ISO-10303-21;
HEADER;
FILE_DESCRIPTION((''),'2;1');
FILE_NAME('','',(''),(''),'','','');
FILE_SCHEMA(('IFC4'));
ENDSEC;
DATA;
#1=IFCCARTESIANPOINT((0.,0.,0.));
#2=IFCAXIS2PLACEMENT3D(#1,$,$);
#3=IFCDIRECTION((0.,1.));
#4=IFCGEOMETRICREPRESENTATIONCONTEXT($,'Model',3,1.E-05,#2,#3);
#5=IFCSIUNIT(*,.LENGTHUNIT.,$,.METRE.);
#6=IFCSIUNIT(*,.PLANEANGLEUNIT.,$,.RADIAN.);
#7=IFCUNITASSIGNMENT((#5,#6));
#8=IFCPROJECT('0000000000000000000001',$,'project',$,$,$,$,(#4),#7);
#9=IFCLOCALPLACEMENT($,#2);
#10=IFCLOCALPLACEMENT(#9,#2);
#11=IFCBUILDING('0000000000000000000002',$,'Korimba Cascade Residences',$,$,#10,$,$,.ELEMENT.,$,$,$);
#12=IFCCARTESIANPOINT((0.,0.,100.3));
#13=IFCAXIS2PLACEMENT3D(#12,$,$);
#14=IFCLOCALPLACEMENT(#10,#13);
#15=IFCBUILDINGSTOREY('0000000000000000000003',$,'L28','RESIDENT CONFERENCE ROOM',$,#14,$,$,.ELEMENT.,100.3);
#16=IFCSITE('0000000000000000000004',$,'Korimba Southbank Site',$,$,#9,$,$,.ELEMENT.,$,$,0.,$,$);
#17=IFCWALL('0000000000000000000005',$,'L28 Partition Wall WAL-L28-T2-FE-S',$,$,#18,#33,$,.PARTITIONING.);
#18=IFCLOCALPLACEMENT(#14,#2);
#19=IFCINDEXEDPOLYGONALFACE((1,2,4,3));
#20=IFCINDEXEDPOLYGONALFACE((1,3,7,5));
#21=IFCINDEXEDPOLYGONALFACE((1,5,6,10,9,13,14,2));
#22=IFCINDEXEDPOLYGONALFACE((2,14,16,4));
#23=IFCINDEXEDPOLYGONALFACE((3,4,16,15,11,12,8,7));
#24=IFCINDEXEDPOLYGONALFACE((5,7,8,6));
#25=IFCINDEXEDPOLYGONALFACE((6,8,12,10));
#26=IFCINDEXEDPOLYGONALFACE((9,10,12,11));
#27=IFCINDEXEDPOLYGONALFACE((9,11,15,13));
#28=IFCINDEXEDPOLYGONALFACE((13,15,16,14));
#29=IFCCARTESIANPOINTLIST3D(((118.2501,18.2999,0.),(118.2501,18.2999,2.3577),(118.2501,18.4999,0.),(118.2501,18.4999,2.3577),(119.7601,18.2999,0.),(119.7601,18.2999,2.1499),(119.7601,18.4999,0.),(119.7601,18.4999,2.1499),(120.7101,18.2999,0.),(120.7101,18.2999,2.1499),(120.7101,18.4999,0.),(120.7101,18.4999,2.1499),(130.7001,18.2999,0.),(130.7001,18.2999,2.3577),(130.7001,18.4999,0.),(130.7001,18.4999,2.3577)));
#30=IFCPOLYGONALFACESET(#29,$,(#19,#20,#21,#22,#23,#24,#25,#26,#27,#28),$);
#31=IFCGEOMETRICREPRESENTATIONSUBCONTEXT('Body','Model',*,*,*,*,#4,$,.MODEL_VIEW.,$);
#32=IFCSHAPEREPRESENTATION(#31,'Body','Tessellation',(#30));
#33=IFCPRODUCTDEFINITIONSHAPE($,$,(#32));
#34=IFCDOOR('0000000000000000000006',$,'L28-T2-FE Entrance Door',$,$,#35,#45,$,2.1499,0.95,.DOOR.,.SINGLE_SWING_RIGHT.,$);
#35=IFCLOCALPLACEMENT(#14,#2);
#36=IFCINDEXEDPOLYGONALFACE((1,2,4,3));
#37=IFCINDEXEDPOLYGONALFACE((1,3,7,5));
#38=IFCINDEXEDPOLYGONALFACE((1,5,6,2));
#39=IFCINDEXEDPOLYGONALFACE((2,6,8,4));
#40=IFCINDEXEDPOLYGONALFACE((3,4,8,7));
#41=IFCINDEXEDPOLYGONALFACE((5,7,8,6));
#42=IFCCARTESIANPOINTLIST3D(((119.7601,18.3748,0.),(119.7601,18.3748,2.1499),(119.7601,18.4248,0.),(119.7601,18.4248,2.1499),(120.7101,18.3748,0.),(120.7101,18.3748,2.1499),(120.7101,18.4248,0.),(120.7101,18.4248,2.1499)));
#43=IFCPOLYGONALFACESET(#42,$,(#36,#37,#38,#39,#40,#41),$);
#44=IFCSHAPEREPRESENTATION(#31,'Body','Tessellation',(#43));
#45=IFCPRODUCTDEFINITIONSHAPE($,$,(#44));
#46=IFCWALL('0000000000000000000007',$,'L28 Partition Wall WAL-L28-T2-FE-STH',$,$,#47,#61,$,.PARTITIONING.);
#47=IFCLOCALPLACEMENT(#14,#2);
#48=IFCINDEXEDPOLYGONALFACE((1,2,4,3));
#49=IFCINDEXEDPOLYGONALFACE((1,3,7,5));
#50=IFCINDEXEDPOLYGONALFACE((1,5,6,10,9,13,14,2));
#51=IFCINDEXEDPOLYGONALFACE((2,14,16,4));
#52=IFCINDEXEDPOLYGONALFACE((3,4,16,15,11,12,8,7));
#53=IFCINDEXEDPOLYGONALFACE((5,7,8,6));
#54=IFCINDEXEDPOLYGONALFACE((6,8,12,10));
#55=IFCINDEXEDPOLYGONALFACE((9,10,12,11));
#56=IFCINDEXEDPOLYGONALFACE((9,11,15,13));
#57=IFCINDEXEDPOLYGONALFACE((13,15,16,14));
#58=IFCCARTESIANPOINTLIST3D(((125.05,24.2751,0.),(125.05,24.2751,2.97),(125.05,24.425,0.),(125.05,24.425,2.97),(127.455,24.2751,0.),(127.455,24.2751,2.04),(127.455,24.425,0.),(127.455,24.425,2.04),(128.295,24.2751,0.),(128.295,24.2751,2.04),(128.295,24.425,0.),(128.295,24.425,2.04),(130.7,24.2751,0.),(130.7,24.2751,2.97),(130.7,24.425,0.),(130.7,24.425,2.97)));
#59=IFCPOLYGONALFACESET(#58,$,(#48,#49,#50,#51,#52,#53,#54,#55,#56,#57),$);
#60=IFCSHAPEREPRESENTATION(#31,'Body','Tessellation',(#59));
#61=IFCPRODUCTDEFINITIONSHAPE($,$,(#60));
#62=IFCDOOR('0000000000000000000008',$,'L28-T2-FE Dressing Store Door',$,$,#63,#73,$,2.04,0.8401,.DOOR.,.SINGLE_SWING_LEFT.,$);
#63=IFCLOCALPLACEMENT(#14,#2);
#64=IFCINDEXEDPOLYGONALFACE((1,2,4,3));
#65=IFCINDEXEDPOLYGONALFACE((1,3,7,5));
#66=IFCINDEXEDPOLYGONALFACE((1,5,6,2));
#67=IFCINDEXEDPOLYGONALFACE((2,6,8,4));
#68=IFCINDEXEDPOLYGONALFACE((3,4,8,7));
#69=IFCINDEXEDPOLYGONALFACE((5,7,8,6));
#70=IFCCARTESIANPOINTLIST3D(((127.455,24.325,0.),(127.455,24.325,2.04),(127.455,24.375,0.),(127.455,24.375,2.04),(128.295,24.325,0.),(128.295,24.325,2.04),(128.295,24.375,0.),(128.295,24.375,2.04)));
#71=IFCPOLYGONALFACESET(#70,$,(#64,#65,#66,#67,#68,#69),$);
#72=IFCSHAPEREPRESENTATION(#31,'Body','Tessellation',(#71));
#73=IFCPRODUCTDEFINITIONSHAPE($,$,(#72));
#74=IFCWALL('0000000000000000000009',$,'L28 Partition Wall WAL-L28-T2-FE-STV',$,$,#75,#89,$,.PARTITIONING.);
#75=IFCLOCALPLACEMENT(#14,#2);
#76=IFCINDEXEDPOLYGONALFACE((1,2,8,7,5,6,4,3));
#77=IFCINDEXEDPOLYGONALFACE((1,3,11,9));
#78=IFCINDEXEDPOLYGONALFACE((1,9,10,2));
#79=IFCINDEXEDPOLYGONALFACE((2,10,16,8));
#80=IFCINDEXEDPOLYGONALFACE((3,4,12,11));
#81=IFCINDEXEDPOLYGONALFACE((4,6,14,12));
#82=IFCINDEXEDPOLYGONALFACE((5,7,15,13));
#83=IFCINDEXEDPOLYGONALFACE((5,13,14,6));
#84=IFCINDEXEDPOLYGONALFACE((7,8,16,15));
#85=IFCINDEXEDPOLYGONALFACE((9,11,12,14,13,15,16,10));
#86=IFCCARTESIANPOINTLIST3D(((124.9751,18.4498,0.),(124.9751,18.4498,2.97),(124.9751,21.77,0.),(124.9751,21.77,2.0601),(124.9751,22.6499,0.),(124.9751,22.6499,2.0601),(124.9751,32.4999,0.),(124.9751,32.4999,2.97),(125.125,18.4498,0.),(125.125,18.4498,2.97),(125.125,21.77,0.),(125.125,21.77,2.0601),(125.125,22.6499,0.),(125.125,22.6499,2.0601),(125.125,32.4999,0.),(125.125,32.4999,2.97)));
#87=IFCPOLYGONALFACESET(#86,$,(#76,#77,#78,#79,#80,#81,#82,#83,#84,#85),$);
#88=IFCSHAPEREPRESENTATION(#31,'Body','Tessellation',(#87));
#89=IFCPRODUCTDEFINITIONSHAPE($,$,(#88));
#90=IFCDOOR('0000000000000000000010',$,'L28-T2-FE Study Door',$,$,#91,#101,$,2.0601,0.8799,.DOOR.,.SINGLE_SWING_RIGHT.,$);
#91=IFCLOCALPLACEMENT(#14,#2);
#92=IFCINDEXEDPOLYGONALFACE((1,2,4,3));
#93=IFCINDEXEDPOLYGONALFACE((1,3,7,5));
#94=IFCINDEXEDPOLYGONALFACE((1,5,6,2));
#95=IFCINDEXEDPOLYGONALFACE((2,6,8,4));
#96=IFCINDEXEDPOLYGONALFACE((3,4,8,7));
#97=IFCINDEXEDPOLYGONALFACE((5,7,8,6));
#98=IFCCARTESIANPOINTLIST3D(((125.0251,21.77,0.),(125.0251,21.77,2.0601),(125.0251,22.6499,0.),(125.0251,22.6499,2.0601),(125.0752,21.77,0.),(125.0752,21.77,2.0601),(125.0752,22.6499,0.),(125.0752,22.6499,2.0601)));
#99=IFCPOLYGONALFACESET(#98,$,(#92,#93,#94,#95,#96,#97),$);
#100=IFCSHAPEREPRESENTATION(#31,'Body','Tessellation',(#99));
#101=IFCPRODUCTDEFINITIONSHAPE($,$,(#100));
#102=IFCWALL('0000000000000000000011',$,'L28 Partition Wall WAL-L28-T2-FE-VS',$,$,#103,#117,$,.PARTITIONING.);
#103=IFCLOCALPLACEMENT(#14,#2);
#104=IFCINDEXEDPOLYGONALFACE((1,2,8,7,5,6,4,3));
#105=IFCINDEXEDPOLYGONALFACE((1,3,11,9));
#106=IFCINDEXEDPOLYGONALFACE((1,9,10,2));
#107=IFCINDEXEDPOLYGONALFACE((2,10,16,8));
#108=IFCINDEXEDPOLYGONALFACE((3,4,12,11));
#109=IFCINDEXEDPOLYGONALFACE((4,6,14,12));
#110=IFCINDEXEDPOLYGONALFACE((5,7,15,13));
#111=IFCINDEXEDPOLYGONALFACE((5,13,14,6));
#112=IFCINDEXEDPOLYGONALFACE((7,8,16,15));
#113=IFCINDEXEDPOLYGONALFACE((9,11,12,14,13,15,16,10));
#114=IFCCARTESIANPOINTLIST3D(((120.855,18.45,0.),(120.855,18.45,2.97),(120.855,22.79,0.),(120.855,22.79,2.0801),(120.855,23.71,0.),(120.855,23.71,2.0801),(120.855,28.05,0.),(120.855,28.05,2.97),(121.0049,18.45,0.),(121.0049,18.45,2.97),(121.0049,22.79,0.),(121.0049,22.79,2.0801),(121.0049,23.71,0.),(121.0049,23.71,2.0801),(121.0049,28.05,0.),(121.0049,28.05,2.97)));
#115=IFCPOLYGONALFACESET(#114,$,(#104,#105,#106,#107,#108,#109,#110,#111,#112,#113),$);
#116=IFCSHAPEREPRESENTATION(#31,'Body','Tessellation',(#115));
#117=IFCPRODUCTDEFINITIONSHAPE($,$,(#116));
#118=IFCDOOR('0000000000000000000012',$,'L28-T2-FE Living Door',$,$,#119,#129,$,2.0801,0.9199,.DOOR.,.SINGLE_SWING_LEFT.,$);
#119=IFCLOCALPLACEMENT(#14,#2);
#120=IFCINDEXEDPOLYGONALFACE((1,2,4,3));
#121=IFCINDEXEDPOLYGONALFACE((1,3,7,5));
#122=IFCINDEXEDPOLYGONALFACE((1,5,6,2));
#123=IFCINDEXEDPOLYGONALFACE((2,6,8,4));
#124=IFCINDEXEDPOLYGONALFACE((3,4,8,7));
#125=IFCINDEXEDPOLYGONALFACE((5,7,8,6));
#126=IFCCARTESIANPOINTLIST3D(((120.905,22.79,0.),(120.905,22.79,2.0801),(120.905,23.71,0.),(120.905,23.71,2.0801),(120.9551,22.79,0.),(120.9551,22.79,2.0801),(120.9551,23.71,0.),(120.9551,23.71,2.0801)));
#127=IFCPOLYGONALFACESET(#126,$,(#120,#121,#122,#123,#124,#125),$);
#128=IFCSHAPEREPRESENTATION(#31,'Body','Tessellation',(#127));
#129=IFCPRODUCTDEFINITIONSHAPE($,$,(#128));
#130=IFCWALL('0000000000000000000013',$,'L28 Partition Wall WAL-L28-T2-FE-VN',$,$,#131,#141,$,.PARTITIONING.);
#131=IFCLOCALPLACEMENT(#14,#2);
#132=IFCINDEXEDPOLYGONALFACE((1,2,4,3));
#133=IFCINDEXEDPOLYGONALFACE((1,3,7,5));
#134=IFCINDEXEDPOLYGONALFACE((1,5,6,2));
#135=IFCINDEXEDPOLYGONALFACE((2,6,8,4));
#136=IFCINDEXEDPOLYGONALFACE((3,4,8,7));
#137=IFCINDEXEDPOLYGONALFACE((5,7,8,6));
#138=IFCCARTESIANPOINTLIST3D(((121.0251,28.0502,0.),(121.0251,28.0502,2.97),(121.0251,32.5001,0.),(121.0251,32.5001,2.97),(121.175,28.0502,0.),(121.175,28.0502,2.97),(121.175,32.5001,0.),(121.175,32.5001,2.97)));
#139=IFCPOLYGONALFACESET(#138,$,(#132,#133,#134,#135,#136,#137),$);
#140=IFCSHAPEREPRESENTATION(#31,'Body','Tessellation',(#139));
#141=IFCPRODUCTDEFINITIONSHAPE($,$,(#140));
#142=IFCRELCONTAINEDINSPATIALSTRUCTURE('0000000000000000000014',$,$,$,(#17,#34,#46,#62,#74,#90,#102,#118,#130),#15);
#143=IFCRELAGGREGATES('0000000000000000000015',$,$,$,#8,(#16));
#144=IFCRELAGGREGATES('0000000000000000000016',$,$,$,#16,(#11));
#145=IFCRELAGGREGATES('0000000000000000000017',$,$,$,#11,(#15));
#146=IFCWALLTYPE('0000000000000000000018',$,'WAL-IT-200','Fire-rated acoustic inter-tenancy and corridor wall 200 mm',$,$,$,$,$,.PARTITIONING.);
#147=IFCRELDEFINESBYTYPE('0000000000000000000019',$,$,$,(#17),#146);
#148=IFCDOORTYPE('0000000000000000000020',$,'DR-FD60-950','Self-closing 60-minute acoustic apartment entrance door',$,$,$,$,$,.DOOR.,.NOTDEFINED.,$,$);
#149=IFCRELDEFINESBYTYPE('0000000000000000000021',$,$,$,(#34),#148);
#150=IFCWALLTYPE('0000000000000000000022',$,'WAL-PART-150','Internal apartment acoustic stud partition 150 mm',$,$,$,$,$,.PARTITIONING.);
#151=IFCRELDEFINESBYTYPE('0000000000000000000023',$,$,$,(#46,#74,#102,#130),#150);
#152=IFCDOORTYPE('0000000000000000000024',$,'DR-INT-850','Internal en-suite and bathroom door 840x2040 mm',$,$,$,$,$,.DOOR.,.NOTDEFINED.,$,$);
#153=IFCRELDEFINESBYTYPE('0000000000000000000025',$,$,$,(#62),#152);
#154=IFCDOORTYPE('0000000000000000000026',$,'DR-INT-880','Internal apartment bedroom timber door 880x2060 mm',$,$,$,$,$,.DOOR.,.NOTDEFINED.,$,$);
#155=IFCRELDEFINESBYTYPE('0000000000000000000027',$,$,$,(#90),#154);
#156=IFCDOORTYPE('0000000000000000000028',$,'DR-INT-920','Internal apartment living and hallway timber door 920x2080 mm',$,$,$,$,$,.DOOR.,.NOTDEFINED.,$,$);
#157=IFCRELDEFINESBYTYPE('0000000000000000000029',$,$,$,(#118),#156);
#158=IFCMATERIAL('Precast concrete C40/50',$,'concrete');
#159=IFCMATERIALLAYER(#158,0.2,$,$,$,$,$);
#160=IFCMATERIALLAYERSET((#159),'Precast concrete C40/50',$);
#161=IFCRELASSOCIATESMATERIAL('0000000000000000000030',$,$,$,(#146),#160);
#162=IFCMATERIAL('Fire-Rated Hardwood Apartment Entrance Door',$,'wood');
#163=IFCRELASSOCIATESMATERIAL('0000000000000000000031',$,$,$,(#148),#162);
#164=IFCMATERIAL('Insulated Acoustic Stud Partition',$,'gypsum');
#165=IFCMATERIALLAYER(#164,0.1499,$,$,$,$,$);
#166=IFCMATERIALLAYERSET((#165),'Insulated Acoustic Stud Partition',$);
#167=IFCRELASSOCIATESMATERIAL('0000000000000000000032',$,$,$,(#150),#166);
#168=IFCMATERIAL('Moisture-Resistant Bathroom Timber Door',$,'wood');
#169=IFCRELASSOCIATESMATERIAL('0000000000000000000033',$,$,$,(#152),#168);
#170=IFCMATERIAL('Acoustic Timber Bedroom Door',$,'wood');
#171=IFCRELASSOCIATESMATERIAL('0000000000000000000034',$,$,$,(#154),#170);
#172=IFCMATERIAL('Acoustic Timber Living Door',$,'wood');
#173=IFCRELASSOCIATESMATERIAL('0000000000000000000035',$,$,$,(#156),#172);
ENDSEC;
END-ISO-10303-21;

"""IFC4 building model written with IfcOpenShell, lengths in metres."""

from ifc_helpers import new_model, si_unit, direction, frame, frame_2d, origin, place, context, subcontext, project, spatial, rectangle, extrude, material, layer, layer_set, type_object, element, fill, save


model = new_model("IFC4")

# Units and contexts
model_context = context("Model", 3, precision=1e-05, world=origin(), true_north=direction((0.0, 1.0)))
body_context = subcontext(model_context, "Body", "Model", "MODEL_VIEW")
ifc_project = project(units=[si_unit("LENGTHUNIT", "METRE"), si_unit("PLANEANGLEUNIT", "RADIAN")], contexts=[model_context])

# Site, building, storey
site_placement = place(None, origin())
site = spatial("IfcSite", under=ifc_project, at=site_placement, Name="Korimba Southbank Site", CompositionType="ELEMENT", RefElevation=0.0)
building_placement = place(site_placement, origin())
building = spatial("IfcBuilding", under=site, at=building_placement, Name="Korimba Cascade Residences", CompositionType="ELEMENT")
storey_placement = place(building_placement, frame((0.0, 0.0, 100.3)))
storey = spatial("IfcBuildingStorey", under=building, at=storey_placement, Name="L28", Description="RESIDENT CONFERENCE ROOM", CompositionType="ELEMENT", Elevation=100.3)

# Shared definitions
ifc_material_1 = material(Name="Precast concrete C40/50", Category="concrete")
ifc_layer_1 = layer(ifc_material_1, 0.2)
ifc_layer_set_1 = layer_set([ifc_layer_1], Name="Precast concrete C40/50")
wall_type_1 = type_object("IfcWallType", Name="WAL-IT-200", Description="Fire-rated acoustic inter-tenancy and corridor wall 200 mm", PredefinedType="PARTITIONING", material=ifc_layer_set_1)

# Walls, openings, doors
wall_1_placement = place(storey_placement, frame((118.25, 18.3999, 0.0), z_axis=(0.0, 0.0, 1.0), x_axis=(1.0, 0.0, 0.0)))
wall_1 = element("IfcWall", 1, at=wall_1_placement, inside=storey, type_object=wall_type_1, Name="L28 Partition Wall WAL-L28-T2-FE-S", PredefinedType="PARTITIONING", context=body_context, shape_type="SweptSolid", body=[
    extrude(rectangle(XDim=12.45, YDim=0.2, at=frame_2d((6.2251, 0.0))), origin(), (0.0, 0.0, 1.0), 2.3577),
])
opening_1_placement = place(wall_1_placement, frame((1.51, 0.0, 0.0)))
opening_1 = element("IfcOpeningElement", 2, at=opening_1_placement, cuts=wall_1, PredefinedType="OPENING", context=body_context, shape_type="SweptSolid", body=[
    extrude(rectangle(XDim=0.95, YDim=2.1499, at=frame_2d((0.4751, 1.075))), frame((0.0, 0.1099, 0.0), z_axis=(0.0, -1.0, 0.0), x_axis=(1.0, 0.0, 0.0)), (0.0, 0.0, 1.0), 0.22),
])
ifc_material_2 = material(Name="Fire-Rated Hardwood Apartment Entrance Door", Category="wood")
door_type_1 = type_object("IfcDoorType", Name="DR-FD60-950", Description="Self-closing 60-minute acoustic apartment entrance door", OperationType="NOTDEFINED", PredefinedType="DOOR", material=ifc_material_2)
door_1_placement = place(opening_1_placement, origin())
door_1 = element("IfcDoor", 3, at=door_1_placement, inside=storey, type_object=door_type_1, Name="L28-T2-FE Entrance Door", OperationType="SINGLE_SWING_RIGHT", OverallHeight=2.1499, OverallWidth=0.95, PredefinedType="DOOR", context=body_context, shape_type="SweptSolid", body=[
    extrude(rectangle(XDim=0.95, YDim=2.1499, at=frame_2d((0.4751, 1.075))), frame((0.0, 0.0249, 0.0), z_axis=(0.0, -1.0, 0.0), x_axis=(1.0, 0.0, 0.0)), (0.0, 0.0, 1.0), 0.05),
])
fill(opening_1, door_1)
ifc_material_3 = material(Name="Insulated Acoustic Stud Partition", Category="gypsum")
ifc_layer_2 = layer(ifc_material_3, 0.1499)
ifc_layer_set_2 = layer_set([ifc_layer_2], Name="Insulated Acoustic Stud Partition")
wall_type_2 = type_object("IfcWallType", Name="WAL-PART-150", Description="Internal apartment acoustic stud partition 150 mm", PredefinedType="PARTITIONING", material=ifc_layer_set_2)
wall_2_placement = place(storey_placement, frame((125.05, 24.3501, 0.0), z_axis=(0.0, 0.0, 1.0), x_axis=(1.0, 0.0, 0.0)))
wall_2 = element("IfcWall", 4, at=wall_2_placement, inside=storey, type_object=wall_type_2, Name="L28 Partition Wall WAL-L28-T2-FE-STH", PredefinedType="PARTITIONING", context=body_context, shape_type="SweptSolid", body=[
    extrude(rectangle(XDim=5.6499, YDim=0.1499, at=frame_2d((2.825, 0.0))), origin(), (0.0, 0.0, 1.0), 2.97),
])
opening_2_placement = place(wall_2_placement, frame((2.405, 0.0, 0.0)))
opening_2 = element("IfcOpeningElement", 5, at=opening_2_placement, cuts=wall_2, PredefinedType="OPENING", context=body_context, shape_type="SweptSolid", body=[
    extrude(rectangle(XDim=0.8401, YDim=2.04, at=frame_2d((0.4199, 1.02))), frame((0.0, 0.085, 0.0), z_axis=(0.0, -1.0, 0.0), x_axis=(1.0, 0.0, 0.0)), (0.0, 0.0, 1.0), 0.1699),
])
ifc_material_4 = material(Name="Moisture-Resistant Bathroom Timber Door", Category="wood")
door_type_2 = type_object("IfcDoorType", Name="DR-INT-850", Description="Internal en-suite and bathroom door 840x2040 mm", OperationType="NOTDEFINED", PredefinedType="DOOR", material=ifc_material_4)
door_2_placement = place(opening_2_placement, origin())
door_2 = element("IfcDoor", 6, at=door_2_placement, inside=storey, type_object=door_type_2, Name="L28-T2-FE Dressing Store Door", OperationType="SINGLE_SWING_LEFT", OverallHeight=2.04, OverallWidth=0.8401, PredefinedType="DOOR", context=body_context, shape_type="SweptSolid", body=[
    extrude(rectangle(XDim=0.8401, YDim=2.04, at=frame_2d((0.4199, 1.02))), frame((0.0, 0.0249, 0.0), z_axis=(0.0, -1.0, 0.0), x_axis=(1.0, 0.0, 0.0)), (0.0, 0.0, 1.0), 0.05),
])
fill(opening_2, door_2)
wall_3_placement = place(storey_placement, frame((125.05, 18.45, 0.0), z_axis=(0.0, 0.0, 1.0), x_axis=(0.0, 1.0, 0.0)))
wall_3 = element("IfcWall", 7, at=wall_3_placement, inside=storey, type_object=wall_type_2, Name="L28 Partition Wall WAL-L28-T2-FE-STV", PredefinedType="PARTITIONING", context=body_context, shape_type="SweptSolid", body=[
    extrude(rectangle(XDim=14.05, YDim=0.1499, at=frame_2d((7.0249, 0.0))), origin(), (0.0, 0.0, 1.0), 2.97),
])
opening_3_placement = place(wall_3_placement, frame((3.3201, 0.0, 0.0)))
opening_3 = element("IfcOpeningElement", 8, at=opening_3_placement, cuts=wall_3, PredefinedType="OPENING", context=body_context, shape_type="SweptSolid", body=[
    extrude(rectangle(XDim=0.8799, YDim=2.0601, at=frame_2d((0.4399, 1.03))), frame((0.0, 0.085, 0.0), z_axis=(0.0, -1.0, 0.0), x_axis=(1.0, 0.0, 0.0)), (0.0, 0.0, 1.0), 0.1699),
])
ifc_material_5 = material(Name="Acoustic Timber Bedroom Door", Category="wood")
door_type_3 = type_object("IfcDoorType", Name="DR-INT-880", Description="Internal apartment bedroom timber door 880x2060 mm", OperationType="NOTDEFINED", PredefinedType="DOOR", material=ifc_material_5)
door_3_placement = place(opening_3_placement, origin())
door_3 = element("IfcDoor", 9, at=door_3_placement, inside=storey, type_object=door_type_3, Name="L28-T2-FE Study Door", OperationType="SINGLE_SWING_RIGHT", OverallHeight=2.0601, OverallWidth=0.8799, PredefinedType="DOOR", context=body_context, shape_type="SweptSolid", body=[
    extrude(rectangle(XDim=0.8799, YDim=2.0601, at=frame_2d((0.4399, 1.03))), frame((0.0, 0.0249, 0.0), z_axis=(0.0, -1.0, 0.0), x_axis=(1.0, 0.0, 0.0)), (0.0, 0.0, 1.0), 0.05),
])
fill(opening_3, door_3)
wall_4_placement = place(storey_placement, frame((120.9299, 18.45, 0.0), z_axis=(0.0, 0.0, 1.0), x_axis=(0.0, 1.0, 0.0)))
wall_4 = element("IfcWall", 10, at=wall_4_placement, inside=storey, type_object=wall_type_2, Name="L28 Partition Wall WAL-L28-T2-FE-VS", PredefinedType="PARTITIONING", context=body_context, shape_type="SweptSolid", body=[
    extrude(rectangle(XDim=9.6001, YDim=0.1499, at=frame_2d((4.8, 0.0))), origin(), (0.0, 0.0, 1.0), 2.97),
])
opening_4_placement = place(wall_4_placement, frame((4.3401, 0.0, 0.0)))
opening_4 = element("IfcOpeningElement", 11, at=opening_4_placement, cuts=wall_4, PredefinedType="OPENING", context=body_context, shape_type="SweptSolid", body=[
    extrude(rectangle(XDim=0.9199, YDim=2.0801, at=frame_2d((0.46, 1.04))), frame((0.0, 0.085, 0.0), z_axis=(0.0, -1.0, 0.0), x_axis=(1.0, 0.0, 0.0)), (0.0, 0.0, 1.0), 0.1699),
])
ifc_material_6 = material(Name="Acoustic Timber Living Door", Category="wood")
door_type_4 = type_object("IfcDoorType", Name="DR-INT-920", Description="Internal apartment living and hallway timber door 920x2080 mm", OperationType="NOTDEFINED", PredefinedType="DOOR", material=ifc_material_6)
door_4_placement = place(opening_4_placement, origin())
door_4 = element("IfcDoor", 12, at=door_4_placement, inside=storey, type_object=door_type_4, Name="L28-T2-FE Living Door", OperationType="SINGLE_SWING_LEFT", OverallHeight=2.0801, OverallWidth=0.9199, PredefinedType="DOOR", context=body_context, shape_type="SweptSolid", body=[
    extrude(rectangle(XDim=0.9199, YDim=2.0801, at=frame_2d((0.46, 1.04))), frame((0.0, 0.0249, 0.0), z_axis=(0.0, -1.0, 0.0), x_axis=(1.0, 0.0, 0.0)), (0.0, 0.0, 1.0), 0.05),
])
fill(opening_4, door_4)

# Wall
wall_5_placement = place(storey_placement, frame((121.1001, 28.05, 0.0), z_axis=(0.0, 0.0, 1.0), x_axis=(0.0, 1.0, 0.0)))
element("IfcWall", 13, at=wall_5_placement, inside=storey, type_object=wall_type_2, Name="L28 Partition Wall WAL-L28-T2-FE-VN", PredefinedType="PARTITIONING", context=body_context, shape_type="SweptSolid", body=[
    extrude(rectangle(XDim=4.45, YDim=0.1499, at=frame_2d((2.2251, 0.0))), origin(), (0.0, 0.0, 1.0), 2.97),
])

save(model, "model.ifc")
